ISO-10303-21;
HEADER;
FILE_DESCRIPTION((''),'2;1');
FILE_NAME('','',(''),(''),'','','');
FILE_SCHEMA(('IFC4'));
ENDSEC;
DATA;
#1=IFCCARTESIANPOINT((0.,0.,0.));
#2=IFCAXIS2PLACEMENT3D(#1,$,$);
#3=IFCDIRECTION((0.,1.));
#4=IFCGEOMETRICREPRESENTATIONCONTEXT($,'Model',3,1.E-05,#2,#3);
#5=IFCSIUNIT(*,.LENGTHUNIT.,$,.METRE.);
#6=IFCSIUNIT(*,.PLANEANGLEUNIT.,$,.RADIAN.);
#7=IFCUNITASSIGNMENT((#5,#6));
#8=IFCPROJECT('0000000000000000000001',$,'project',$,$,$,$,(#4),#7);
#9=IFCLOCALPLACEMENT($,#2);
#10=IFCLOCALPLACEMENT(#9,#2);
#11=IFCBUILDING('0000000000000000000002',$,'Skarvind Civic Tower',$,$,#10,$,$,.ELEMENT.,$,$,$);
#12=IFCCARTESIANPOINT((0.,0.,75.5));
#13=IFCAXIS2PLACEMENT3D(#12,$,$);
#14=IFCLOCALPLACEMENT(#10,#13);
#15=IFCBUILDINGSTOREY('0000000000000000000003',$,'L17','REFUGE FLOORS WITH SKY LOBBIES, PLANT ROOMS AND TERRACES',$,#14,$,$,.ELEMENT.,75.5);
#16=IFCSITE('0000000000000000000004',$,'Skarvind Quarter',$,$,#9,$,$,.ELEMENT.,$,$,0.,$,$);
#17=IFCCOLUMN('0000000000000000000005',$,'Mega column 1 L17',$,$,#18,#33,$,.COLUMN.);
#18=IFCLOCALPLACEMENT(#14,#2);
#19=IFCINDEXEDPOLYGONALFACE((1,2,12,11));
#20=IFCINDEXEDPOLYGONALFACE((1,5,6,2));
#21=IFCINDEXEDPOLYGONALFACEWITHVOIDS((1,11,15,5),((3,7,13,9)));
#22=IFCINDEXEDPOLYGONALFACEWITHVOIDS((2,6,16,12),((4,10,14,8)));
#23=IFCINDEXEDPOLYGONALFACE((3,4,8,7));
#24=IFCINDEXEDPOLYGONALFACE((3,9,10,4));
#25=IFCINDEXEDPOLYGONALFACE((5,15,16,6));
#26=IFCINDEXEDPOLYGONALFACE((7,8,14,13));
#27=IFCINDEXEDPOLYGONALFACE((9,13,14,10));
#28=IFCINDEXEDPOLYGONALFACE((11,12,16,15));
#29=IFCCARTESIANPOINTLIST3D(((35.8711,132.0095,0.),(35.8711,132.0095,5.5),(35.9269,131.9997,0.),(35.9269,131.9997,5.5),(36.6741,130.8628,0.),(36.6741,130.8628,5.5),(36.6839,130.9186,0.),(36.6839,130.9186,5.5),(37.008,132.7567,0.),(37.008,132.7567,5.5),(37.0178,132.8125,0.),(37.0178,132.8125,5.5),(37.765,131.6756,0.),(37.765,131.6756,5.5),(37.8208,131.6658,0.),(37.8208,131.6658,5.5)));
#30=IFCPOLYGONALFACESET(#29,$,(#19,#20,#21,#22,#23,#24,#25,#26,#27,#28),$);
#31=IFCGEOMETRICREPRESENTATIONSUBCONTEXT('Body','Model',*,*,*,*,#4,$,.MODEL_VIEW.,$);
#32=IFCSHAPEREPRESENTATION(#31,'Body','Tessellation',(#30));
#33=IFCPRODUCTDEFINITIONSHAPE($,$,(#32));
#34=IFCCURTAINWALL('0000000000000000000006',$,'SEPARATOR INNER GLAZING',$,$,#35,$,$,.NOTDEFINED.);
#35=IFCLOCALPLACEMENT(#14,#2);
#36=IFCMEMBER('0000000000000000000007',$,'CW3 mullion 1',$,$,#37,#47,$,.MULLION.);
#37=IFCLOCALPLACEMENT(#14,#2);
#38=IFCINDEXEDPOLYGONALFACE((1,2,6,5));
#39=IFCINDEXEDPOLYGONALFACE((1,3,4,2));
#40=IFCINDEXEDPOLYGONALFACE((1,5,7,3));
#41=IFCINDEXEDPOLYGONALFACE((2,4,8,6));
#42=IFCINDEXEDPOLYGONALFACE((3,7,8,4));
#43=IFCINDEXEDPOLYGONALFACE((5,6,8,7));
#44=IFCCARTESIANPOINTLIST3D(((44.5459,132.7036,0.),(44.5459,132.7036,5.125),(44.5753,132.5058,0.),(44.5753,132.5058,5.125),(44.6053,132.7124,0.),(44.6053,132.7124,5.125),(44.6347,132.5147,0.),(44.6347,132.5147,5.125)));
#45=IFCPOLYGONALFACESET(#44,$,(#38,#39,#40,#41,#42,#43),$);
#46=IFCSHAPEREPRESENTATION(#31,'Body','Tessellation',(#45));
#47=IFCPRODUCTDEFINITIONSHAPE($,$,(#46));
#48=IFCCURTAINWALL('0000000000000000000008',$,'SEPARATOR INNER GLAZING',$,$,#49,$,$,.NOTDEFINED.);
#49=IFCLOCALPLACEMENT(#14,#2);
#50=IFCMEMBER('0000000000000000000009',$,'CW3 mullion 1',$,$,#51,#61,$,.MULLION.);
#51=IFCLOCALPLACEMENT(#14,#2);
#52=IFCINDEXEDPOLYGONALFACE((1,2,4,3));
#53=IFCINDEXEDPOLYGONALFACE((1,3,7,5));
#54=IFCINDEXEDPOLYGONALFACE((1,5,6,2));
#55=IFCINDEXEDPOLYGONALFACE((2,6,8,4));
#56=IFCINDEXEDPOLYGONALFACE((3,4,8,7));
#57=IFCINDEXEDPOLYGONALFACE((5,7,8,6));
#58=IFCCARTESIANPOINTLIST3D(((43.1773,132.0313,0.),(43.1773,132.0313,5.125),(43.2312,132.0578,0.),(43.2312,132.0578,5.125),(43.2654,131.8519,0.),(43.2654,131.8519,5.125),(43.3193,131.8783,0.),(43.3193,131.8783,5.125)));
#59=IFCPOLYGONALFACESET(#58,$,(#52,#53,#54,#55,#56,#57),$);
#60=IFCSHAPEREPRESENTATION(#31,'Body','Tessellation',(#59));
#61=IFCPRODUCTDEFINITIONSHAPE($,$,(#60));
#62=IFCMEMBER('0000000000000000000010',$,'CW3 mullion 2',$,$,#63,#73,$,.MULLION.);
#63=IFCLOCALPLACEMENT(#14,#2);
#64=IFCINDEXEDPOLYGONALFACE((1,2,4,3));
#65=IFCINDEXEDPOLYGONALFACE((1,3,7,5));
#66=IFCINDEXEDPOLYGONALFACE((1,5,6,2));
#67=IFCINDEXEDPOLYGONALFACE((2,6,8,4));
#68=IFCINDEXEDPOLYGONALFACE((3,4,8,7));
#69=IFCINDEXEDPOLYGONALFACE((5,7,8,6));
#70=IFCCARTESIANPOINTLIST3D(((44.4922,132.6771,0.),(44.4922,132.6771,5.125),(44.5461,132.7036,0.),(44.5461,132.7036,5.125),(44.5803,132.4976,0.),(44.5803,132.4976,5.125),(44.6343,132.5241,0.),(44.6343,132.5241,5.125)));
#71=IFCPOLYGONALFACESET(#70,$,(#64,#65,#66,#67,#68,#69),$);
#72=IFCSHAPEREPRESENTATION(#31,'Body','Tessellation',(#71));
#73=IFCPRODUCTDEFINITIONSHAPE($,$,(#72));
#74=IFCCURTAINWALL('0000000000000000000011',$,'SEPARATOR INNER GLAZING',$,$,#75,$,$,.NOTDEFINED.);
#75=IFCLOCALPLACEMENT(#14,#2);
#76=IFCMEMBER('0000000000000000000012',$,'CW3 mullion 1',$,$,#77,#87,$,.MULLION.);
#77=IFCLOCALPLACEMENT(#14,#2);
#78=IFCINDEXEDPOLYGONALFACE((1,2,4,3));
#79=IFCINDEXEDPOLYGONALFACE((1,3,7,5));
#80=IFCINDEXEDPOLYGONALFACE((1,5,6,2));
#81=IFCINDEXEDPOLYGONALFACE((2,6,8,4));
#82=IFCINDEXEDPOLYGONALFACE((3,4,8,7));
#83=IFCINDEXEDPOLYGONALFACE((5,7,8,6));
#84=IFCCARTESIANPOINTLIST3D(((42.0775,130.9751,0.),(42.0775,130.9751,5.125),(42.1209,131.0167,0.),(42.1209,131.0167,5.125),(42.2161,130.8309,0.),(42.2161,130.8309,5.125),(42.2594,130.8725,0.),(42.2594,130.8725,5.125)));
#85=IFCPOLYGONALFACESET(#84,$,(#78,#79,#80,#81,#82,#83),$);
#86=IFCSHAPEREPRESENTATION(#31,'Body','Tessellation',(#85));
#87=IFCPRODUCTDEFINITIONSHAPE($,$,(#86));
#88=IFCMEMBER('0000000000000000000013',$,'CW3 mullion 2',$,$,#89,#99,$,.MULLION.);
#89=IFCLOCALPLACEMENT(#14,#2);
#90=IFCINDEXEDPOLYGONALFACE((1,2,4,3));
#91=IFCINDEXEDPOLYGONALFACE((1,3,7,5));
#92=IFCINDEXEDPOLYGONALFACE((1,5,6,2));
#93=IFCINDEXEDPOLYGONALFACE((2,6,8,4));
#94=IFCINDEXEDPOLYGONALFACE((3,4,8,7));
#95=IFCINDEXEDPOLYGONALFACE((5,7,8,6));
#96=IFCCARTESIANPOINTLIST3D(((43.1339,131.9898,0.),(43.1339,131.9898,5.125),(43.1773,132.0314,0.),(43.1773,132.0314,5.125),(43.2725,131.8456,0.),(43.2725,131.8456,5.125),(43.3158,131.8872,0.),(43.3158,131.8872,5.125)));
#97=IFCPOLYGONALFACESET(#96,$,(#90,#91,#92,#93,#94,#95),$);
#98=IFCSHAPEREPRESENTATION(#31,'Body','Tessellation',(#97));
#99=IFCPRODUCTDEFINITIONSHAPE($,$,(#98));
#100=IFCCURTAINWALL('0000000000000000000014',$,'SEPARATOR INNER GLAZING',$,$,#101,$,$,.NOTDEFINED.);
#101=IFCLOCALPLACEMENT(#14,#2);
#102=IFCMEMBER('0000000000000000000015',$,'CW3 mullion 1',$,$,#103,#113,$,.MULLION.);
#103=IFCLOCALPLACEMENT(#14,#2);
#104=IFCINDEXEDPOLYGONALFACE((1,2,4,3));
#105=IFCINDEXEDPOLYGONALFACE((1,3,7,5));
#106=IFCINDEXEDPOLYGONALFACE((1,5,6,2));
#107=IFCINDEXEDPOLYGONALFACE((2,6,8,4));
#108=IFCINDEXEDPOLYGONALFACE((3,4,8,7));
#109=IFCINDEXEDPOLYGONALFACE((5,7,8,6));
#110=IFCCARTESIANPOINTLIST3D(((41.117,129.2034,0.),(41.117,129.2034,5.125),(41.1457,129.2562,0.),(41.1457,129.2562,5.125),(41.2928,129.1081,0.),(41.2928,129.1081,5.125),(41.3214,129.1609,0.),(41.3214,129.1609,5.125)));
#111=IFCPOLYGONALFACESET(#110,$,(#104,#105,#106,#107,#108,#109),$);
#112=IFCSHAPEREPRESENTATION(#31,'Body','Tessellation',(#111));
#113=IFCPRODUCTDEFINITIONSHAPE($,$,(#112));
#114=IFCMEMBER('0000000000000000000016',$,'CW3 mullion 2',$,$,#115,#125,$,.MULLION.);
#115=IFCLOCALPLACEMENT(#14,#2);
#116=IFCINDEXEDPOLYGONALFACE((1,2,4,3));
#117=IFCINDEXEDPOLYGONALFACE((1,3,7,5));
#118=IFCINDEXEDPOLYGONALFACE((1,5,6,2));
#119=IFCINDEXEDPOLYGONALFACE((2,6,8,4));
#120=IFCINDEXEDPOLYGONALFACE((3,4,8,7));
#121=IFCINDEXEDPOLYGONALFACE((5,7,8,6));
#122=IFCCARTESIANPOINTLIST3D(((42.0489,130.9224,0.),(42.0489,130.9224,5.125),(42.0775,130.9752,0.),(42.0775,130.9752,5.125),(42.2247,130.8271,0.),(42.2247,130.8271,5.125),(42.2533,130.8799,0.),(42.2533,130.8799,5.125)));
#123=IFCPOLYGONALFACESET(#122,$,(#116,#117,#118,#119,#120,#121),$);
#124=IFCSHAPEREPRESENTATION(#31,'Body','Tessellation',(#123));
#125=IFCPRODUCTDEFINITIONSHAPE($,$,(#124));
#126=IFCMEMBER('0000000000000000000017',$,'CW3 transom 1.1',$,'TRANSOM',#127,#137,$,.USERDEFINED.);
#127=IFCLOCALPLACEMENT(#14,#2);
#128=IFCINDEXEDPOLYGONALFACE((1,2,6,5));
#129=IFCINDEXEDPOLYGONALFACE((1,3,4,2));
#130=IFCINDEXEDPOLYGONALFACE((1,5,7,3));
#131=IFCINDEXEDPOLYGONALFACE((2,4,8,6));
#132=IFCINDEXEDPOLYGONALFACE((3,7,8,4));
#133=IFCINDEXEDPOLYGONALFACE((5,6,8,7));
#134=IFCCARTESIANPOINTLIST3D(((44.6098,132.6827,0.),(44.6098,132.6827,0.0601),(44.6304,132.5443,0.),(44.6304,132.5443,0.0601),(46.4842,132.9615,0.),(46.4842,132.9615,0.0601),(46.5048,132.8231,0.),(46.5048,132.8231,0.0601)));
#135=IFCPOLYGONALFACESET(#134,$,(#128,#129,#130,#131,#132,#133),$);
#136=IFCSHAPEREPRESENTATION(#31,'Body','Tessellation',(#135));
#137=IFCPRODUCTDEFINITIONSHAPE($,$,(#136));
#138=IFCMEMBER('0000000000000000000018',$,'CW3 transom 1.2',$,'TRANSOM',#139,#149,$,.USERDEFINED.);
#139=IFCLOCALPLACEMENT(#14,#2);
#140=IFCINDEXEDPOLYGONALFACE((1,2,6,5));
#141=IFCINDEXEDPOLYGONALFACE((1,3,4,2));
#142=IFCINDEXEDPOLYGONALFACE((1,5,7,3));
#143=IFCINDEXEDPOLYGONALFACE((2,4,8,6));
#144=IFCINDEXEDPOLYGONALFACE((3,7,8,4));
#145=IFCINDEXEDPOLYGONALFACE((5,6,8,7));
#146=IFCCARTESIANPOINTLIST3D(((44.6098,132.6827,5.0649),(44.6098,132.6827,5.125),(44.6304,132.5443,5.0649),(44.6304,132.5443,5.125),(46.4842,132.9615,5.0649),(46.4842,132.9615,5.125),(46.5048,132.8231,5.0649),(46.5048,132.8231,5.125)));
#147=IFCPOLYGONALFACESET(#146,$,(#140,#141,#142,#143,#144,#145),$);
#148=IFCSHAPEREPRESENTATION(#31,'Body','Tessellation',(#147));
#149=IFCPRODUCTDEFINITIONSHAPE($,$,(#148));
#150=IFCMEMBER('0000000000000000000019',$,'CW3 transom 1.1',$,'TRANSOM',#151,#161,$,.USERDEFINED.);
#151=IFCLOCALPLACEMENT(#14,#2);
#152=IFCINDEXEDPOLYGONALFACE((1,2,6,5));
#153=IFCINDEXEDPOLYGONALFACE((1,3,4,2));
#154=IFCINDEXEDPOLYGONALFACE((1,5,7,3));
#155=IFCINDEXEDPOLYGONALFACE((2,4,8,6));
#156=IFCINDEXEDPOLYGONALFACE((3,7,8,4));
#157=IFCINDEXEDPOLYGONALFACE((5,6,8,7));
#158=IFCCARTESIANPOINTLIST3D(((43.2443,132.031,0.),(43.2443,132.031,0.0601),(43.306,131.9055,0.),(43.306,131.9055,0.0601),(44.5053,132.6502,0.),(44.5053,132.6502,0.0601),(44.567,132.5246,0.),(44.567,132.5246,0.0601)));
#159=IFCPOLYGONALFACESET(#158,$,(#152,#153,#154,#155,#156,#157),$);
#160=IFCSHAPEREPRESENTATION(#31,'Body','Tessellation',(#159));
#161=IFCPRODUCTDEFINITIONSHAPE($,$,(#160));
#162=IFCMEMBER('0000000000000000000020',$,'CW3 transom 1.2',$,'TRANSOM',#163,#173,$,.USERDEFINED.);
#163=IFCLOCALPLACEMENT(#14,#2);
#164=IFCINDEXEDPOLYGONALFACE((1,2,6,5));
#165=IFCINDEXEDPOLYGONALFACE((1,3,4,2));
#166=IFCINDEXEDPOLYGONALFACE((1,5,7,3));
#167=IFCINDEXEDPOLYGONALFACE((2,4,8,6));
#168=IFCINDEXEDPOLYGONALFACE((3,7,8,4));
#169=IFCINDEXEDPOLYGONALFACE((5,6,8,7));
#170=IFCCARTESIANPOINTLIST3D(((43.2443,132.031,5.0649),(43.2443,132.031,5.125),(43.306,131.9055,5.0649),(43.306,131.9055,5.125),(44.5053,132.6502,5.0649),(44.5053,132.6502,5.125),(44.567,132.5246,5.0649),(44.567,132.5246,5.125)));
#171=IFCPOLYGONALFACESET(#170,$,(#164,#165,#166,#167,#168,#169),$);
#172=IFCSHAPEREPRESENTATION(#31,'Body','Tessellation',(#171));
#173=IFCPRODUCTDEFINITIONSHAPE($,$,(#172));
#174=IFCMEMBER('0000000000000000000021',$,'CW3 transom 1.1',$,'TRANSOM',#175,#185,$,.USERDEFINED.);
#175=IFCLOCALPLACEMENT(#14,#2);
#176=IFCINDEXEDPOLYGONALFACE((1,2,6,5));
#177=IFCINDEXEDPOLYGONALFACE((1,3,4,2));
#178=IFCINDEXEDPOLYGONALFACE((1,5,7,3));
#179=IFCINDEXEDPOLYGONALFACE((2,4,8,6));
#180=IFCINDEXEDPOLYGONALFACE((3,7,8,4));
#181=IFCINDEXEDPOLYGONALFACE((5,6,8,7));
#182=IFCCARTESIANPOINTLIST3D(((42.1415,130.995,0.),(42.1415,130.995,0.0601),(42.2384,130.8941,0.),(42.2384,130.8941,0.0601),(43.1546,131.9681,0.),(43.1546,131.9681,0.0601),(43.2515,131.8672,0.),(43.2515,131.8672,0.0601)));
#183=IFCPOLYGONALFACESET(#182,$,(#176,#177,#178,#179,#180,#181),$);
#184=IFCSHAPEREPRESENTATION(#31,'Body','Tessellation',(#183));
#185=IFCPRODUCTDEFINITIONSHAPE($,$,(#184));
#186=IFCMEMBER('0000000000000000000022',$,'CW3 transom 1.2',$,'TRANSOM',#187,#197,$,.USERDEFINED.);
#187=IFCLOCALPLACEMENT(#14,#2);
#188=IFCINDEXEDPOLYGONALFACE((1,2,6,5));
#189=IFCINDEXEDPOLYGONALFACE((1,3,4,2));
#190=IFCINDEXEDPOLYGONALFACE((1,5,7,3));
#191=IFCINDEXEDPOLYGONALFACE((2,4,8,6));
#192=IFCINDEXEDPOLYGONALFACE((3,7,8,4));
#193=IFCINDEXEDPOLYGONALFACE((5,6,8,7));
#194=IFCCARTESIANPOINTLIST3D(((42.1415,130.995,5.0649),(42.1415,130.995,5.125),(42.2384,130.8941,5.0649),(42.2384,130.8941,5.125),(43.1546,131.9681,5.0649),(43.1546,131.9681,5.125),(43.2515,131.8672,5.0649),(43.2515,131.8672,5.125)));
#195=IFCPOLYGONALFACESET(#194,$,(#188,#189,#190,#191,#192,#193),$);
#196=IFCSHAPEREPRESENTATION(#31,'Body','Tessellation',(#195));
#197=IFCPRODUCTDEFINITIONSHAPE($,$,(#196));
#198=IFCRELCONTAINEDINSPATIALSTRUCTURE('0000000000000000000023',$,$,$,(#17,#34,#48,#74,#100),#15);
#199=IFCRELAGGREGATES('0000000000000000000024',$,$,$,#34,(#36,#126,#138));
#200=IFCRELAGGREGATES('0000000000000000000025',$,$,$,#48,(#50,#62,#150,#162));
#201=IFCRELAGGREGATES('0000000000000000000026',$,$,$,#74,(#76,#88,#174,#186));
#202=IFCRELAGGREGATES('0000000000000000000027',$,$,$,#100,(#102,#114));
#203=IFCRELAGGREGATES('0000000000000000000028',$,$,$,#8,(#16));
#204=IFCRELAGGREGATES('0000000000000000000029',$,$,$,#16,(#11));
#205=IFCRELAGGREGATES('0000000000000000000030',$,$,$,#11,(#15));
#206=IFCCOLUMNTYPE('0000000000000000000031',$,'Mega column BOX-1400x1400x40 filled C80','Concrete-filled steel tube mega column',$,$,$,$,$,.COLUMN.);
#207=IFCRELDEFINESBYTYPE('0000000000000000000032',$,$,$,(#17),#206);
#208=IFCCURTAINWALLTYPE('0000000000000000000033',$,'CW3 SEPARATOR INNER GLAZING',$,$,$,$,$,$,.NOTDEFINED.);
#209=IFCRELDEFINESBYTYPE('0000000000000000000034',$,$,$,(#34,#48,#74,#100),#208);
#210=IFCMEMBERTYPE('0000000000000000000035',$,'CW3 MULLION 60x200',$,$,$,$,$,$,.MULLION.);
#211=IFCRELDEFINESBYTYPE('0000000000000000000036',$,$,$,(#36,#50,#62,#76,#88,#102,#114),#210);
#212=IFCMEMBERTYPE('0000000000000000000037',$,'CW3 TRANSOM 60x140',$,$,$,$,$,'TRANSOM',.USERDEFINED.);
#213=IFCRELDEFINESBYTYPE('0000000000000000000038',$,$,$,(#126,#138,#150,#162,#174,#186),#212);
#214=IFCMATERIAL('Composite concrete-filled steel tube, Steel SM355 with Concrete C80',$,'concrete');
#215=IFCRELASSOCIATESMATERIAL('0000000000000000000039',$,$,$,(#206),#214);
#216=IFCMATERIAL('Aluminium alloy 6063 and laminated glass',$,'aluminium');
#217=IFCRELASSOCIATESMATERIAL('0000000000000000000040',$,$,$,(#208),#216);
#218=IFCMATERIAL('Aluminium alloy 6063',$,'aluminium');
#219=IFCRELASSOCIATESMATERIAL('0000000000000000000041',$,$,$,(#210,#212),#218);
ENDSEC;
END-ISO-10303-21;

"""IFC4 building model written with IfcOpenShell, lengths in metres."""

from ifc_helpers import new_model, si_unit, direction, frame, origin, origin_2d, place, context, subcontext, project, spatial, rectangle, hollow_rectangle, extrude, material, material_profile, profile_set, type_object, element, aggregate, save


model = new_model("IFC4")

# Units and contexts
model_context = context("Model", 3, precision=1e-05, world=origin(), true_north=direction((0.0, 1.0)))
body_context = subcontext(model_context, "Body", "Model", "MODEL_VIEW")
ifc_project = project(units=[si_unit("LENGTHUNIT", "METRE"), si_unit("PLANEANGLEUNIT", "RADIAN")], contexts=[model_context])

# Site, building, storey
site_placement = place(None, origin())
site = spatial("IfcSite", under=ifc_project, at=site_placement, Name="Skarvind Quarter", CompositionType="ELEMENT", RefElevation=0.0)
building_placement = place(site_placement, origin())
building = spatial("IfcBuilding", under=site, at=building_placement, Name="Skarvind Civic Tower", CompositionType="ELEMENT")
storey_placement = place(building_placement, frame((0.0, 0.0, 75.5)))
storey = spatial("IfcBuildingStorey", under=building, at=storey_placement, Name="L17", Description="REFUGE FLOORS WITH SKY LOBBIES, PLANT ROOMS AND TERRACES", CompositionType="ELEMENT", Elevation=75.5)

# Column
ifc_material_1 = material(Name="Composite concrete-filled steel tube, Steel SM355 with Concrete C80", Category="concrete")
ifc_material_profile_1 = material_profile(ifc_material_1, hollow_rectangle(XDim=1.3999, YDim=1.3999, WallThickness=0.04, at=origin_2d()), Name="BOX-1400x1400x40")
ifc_profile_set_1 = profile_set([ifc_material_profile_1], Name="Composite concrete-filled steel tube, Steel SM355 with Concrete C80")
column_type = type_object("IfcColumnType", Name="Mega column BOX-1400x1400x40 filled C80", Description="Concrete-filled steel tube mega column", PredefinedType="COLUMN", material=ifc_profile_set_1)
column_placement = place(storey_placement, frame((36.8459, 131.8376, 0.0), z_axis=(0.0, 0.0, 1.0), x_axis=(0.573576, -0.819152, 0.0)))
element("IfcColumn", 1, at=column_placement, inside=storey, type_object=column_type, Name="Mega column 1 L17", PredefinedType="COLUMN", context=body_context, shape_type="SweptSolid", body=[
    extrude(hollow_rectangle(XDim=1.3999, YDim=1.3999, WallThickness=0.04, at=origin_2d()), origin(), (0.0, 0.0, 1.0), 5.5),
])

# Curtain wall, member
ifc_material_2 = material(Name="Aluminium alloy 6063 and laminated glass", Category="aluminium")
curtain_wall_type = type_object("IfcCurtainWallType", Name="CW3 SEPARATOR INNER GLAZING", PredefinedType="NOTDEFINED", material=ifc_material_2)
curtain_wall_1_placement = place(storey_placement, origin())
curtain_wall_1 = element("IfcCurtainWall", 2, at=curtain_wall_1_placement, inside=storey, type_object=curtain_wall_type, Name="SEPARATOR INNER GLAZING", PredefinedType="NOTDEFINED")
ifc_material_3 = material(Name="Aluminium alloy 6063", Category="aluminium")
ifc_material_profile_2 = material_profile(ifc_material_3, rectangle(XDim=0.2, YDim=0.0601, at=origin_2d()), Name="AL 60x200")
ifc_profile_set_2 = profile_set([ifc_material_profile_2], Name="Aluminium alloy 6063")
member_type_1 = type_object("IfcMemberType", Name="CW3 MULLION 60x200", PredefinedType="MULLION", material=ifc_profile_set_2)
member_1_placement = place(storey_placement, frame((44.5903, 132.6091, 0.0), z_axis=(0.0, 0.0, 1.0), x_axis=(-0.147088, 0.989123, 0.0)))
member_1 = element("IfcMember", 3, at=member_1_placement, type_object=member_type_1, Name="CW3 mullion 1", PredefinedType="MULLION", context=body_context, shape_type="SweptSolid", body=[
    extrude(rectangle(XDim=0.2, YDim=0.0601, at=origin_2d()), origin(), (0.0, 0.0, 1.0), 5.125),
])

# Curtain walls, members
curtain_wall_2_placement = place(storey_placement, origin())
curtain_wall_2 = element("IfcCurtainWall", 4, at=curtain_wall_2_placement, inside=storey, type_object=curtain_wall_type, Name="SEPARATOR INNER GLAZING", PredefinedType="NOTDEFINED")
member_2_placement = place(storey_placement, frame((43.2483, 131.9548, 0.0), z_axis=(0.0, 0.0, 1.0), x_axis=(-0.440749, 0.89763, 0.0)))
member_2 = element("IfcMember", 5, at=member_2_placement, type_object=member_type_1, Name="CW3 mullion 1", PredefinedType="MULLION", context=body_context, shape_type="SweptSolid", body=[
    extrude(rectangle(XDim=0.2, YDim=0.0601, at=origin_2d()), origin(), (0.0, 0.0, 1.0), 5.125),
])
member_3_placement = place(storey_placement, frame((44.5632, 132.6006, 0.0), z_axis=(0.0, 0.0, 1.0), x_axis=(-0.440749, 0.89763, 0.0)))
member_3 = element("IfcMember", 6, at=member_3_placement, type_object=member_type_1, Name="CW3 mullion 2", PredefinedType="MULLION", context=body_context, shape_type="SweptSolid", body=[
    extrude(rectangle(XDim=0.2, YDim=0.0601, at=origin_2d()), origin(), (0.0, 0.0, 1.0), 5.125),
])
curtain_wall_3_placement = place(storey_placement, origin())
curtain_wall_3 = element("IfcCurtainWall", 7, at=curtain_wall_3_placement, inside=storey, type_object=curtain_wall_type, Name="SEPARATOR INNER GLAZING", PredefinedType="NOTDEFINED")
member_4_placement = place(storey_placement, frame((42.1685, 130.9238, 0.0), z_axis=(0.0, 0.0, 1.0), x_axis=(-0.692732, 0.721195, 0.0)))
member_4 = element("IfcMember", 8, at=member_4_placement, type_object=member_type_1, Name="CW3 mullion 1", PredefinedType="MULLION", context=body_context, shape_type="SweptSolid", body=[
    extrude(rectangle(XDim=0.2, YDim=0.0601, at=origin_2d()), origin(), (0.0, 0.0, 1.0), 5.125),
])
member_5_placement = place(storey_placement, frame((43.2249, 131.9385, 0.0), z_axis=(0.0, 0.0, 1.0), x_axis=(-0.692732, 0.721195, 0.0)))
member_5 = element("IfcMember", 9, at=member_5_placement, type_object=member_type_1, Name="CW3 mullion 2", PredefinedType="MULLION", context=body_context, shape_type="SweptSolid", body=[
    extrude(rectangle(XDim=0.2, YDim=0.0601, at=origin_2d()), origin(), (0.0, 0.0, 1.0), 5.125),
])
curtain_wall_4_placement = place(storey_placement, origin())
curtain_wall_4 = element("IfcCurtainWall", 10, at=curtain_wall_4_placement, inside=storey, type_object=curtain_wall_type, Name="SEPARATOR INNER GLAZING", PredefinedType="NOTDEFINED")
member_6_placement = place(storey_placement, frame((41.2192, 129.1821, 0.0), z_axis=(0.0, 0.0, 1.0), x_axis=(-0.87915, 0.476545, 0.0)))
member_6 = element("IfcMember", 11, at=member_6_placement, type_object=member_type_1, Name="CW3 mullion 1", PredefinedType="MULLION", context=body_context, shape_type="SweptSolid", body=[
    extrude(rectangle(XDim=0.2, YDim=0.0601, at=origin_2d()), origin(), (0.0, 0.0, 1.0), 5.125),
])
member_7_placement = place(storey_placement, frame((42.1511, 130.9011, 0.0), z_axis=(0.0, 0.0, 1.0), x_axis=(-0.87915, 0.476545, 0.0)))
member_7 = element("IfcMember", 12, at=member_7_placement, type_object=member_type_1, Name="CW3 mullion 2", PredefinedType="MULLION", context=body_context, shape_type="SweptSolid", body=[
    extrude(rectangle(XDim=0.2, YDim=0.0601, at=origin_2d()), origin(), (0.0, 0.0, 1.0), 5.125),
])

# Members
ifc_material_profile_3 = material_profile(ifc_material_3, rectangle(XDim=0.1399, YDim=0.0601, at=origin_2d()), Name="AL 60x140")
ifc_profile_set_3 = profile_set([ifc_material_profile_3], Name="Aluminium alloy 6063")
member_type_2 = type_object("IfcMemberType", Name="CW3 TRANSOM 60x140", ElementType="TRANSOM", PredefinedType="USERDEFINED", material=ifc_profile_set_3)
member_8_placement = place(storey_placement, frame((44.6201, 132.6135, 0.03), z_axis=(0.989119, 0.147118, 0.0), x_axis=(-0.147118, 0.989119, 0.0)))
member_8 = element("IfcMember", 13, at=member_8_placement, type_object=member_type_2, Name="CW3 transom 1.1", ObjectType="TRANSOM", PredefinedType="USERDEFINED", context=body_context, shape_type="SweptSolid", body=[
    extrude(rectangle(XDim=0.1399, YDim=0.0601, at=origin_2d()), origin(), (0.0, 0.0, 1.0), 1.895),
])
member_9_placement = place(storey_placement, frame((44.6201, 132.6135, 5.095), z_axis=(0.989119, 0.147118, 0.0), x_axis=(-0.147118, 0.989119, 0.0)))
member_9 = element("IfcMember", 14, at=member_9_placement, type_object=member_type_2, Name="CW3 transom 1.2", ObjectType="TRANSOM", PredefinedType="USERDEFINED", context=body_context, shape_type="SweptSolid", body=[
    extrude(rectangle(XDim=0.1399, YDim=0.0601, at=origin_2d()), origin(), (0.0, 0.0, 1.0), 1.895),
])
member_10_placement = place(storey_placement, frame((43.2751, 131.9683, 0.03), z_axis=(0.897636, 0.440737, 0.0), x_axis=(-0.440737, 0.897636, 0.0)))
member_10 = element("IfcMember", 15, at=member_10_placement, type_object=member_type_2, Name="CW3 transom 1.1", ObjectType="TRANSOM", PredefinedType="USERDEFINED", context=body_context, shape_type="SweptSolid", body=[
    extrude(rectangle(XDim=0.1399, YDim=0.0601, at=origin_2d()), origin(), (0.0, 0.0, 1.0), 1.4048),
])
member_11_placement = place(storey_placement, frame((43.2751, 131.9683, 5.095), z_axis=(0.897636, 0.440737, 0.0), x_axis=(-0.440737, 0.897636, 0.0)))
member_11 = element("IfcMember", 16, at=member_11_placement, type_object=member_type_2, Name="CW3 transom 1.2", ObjectType="TRANSOM", PredefinedType="USERDEFINED", context=body_context, shape_type="SweptSolid", body=[
    extrude(rectangle(XDim=0.1399, YDim=0.0601, at=origin_2d()), origin(), (0.0, 0.0, 1.0), 1.4048),
])
member_12_placement = place(storey_placement, frame((42.1899, 130.9446, 0.03), z_axis=(0.721214, 0.692713, 0.0), x_axis=(-0.692713, 0.721214, 0.0)))
member_12 = element("IfcMember", 17, at=member_12_placement, type_object=member_type_2, Name="CW3 transom 1.1", ObjectType="TRANSOM", PredefinedType="USERDEFINED", context=body_context, shape_type="SweptSolid", body=[
    extrude(rectangle(XDim=0.1399, YDim=0.0601, at=origin_2d()), origin(), (0.0, 0.0, 1.0), 1.4048),
])
member_13_placement = place(storey_placement, frame((42.1899, 130.9446, 5.095), z_axis=(0.721214, 0.692713, 0.0), x_axis=(-0.692713, 0.721214, 0.0)))
member_13 = element("IfcMember", 18, at=member_13_placement, type_object=member_type_2, Name="CW3 transom 1.2", ObjectType="TRANSOM", PredefinedType="USERDEFINED", context=body_context, shape_type="SweptSolid", body=[
    extrude(rectangle(XDim=0.1399, YDim=0.0601, at=origin_2d()), origin(), (0.0, 0.0, 1.0), 1.4048),
])

aggregate(curtain_wall_1, [member_1, member_8, member_9])
aggregate(curtain_wall_2, [member_2, member_3, member_10, member_11])
aggregate(curtain_wall_3, [member_4, member_5, member_12, member_13])
aggregate(curtain_wall_4, [member_6, member_7])

save(model, "model.ifc")
